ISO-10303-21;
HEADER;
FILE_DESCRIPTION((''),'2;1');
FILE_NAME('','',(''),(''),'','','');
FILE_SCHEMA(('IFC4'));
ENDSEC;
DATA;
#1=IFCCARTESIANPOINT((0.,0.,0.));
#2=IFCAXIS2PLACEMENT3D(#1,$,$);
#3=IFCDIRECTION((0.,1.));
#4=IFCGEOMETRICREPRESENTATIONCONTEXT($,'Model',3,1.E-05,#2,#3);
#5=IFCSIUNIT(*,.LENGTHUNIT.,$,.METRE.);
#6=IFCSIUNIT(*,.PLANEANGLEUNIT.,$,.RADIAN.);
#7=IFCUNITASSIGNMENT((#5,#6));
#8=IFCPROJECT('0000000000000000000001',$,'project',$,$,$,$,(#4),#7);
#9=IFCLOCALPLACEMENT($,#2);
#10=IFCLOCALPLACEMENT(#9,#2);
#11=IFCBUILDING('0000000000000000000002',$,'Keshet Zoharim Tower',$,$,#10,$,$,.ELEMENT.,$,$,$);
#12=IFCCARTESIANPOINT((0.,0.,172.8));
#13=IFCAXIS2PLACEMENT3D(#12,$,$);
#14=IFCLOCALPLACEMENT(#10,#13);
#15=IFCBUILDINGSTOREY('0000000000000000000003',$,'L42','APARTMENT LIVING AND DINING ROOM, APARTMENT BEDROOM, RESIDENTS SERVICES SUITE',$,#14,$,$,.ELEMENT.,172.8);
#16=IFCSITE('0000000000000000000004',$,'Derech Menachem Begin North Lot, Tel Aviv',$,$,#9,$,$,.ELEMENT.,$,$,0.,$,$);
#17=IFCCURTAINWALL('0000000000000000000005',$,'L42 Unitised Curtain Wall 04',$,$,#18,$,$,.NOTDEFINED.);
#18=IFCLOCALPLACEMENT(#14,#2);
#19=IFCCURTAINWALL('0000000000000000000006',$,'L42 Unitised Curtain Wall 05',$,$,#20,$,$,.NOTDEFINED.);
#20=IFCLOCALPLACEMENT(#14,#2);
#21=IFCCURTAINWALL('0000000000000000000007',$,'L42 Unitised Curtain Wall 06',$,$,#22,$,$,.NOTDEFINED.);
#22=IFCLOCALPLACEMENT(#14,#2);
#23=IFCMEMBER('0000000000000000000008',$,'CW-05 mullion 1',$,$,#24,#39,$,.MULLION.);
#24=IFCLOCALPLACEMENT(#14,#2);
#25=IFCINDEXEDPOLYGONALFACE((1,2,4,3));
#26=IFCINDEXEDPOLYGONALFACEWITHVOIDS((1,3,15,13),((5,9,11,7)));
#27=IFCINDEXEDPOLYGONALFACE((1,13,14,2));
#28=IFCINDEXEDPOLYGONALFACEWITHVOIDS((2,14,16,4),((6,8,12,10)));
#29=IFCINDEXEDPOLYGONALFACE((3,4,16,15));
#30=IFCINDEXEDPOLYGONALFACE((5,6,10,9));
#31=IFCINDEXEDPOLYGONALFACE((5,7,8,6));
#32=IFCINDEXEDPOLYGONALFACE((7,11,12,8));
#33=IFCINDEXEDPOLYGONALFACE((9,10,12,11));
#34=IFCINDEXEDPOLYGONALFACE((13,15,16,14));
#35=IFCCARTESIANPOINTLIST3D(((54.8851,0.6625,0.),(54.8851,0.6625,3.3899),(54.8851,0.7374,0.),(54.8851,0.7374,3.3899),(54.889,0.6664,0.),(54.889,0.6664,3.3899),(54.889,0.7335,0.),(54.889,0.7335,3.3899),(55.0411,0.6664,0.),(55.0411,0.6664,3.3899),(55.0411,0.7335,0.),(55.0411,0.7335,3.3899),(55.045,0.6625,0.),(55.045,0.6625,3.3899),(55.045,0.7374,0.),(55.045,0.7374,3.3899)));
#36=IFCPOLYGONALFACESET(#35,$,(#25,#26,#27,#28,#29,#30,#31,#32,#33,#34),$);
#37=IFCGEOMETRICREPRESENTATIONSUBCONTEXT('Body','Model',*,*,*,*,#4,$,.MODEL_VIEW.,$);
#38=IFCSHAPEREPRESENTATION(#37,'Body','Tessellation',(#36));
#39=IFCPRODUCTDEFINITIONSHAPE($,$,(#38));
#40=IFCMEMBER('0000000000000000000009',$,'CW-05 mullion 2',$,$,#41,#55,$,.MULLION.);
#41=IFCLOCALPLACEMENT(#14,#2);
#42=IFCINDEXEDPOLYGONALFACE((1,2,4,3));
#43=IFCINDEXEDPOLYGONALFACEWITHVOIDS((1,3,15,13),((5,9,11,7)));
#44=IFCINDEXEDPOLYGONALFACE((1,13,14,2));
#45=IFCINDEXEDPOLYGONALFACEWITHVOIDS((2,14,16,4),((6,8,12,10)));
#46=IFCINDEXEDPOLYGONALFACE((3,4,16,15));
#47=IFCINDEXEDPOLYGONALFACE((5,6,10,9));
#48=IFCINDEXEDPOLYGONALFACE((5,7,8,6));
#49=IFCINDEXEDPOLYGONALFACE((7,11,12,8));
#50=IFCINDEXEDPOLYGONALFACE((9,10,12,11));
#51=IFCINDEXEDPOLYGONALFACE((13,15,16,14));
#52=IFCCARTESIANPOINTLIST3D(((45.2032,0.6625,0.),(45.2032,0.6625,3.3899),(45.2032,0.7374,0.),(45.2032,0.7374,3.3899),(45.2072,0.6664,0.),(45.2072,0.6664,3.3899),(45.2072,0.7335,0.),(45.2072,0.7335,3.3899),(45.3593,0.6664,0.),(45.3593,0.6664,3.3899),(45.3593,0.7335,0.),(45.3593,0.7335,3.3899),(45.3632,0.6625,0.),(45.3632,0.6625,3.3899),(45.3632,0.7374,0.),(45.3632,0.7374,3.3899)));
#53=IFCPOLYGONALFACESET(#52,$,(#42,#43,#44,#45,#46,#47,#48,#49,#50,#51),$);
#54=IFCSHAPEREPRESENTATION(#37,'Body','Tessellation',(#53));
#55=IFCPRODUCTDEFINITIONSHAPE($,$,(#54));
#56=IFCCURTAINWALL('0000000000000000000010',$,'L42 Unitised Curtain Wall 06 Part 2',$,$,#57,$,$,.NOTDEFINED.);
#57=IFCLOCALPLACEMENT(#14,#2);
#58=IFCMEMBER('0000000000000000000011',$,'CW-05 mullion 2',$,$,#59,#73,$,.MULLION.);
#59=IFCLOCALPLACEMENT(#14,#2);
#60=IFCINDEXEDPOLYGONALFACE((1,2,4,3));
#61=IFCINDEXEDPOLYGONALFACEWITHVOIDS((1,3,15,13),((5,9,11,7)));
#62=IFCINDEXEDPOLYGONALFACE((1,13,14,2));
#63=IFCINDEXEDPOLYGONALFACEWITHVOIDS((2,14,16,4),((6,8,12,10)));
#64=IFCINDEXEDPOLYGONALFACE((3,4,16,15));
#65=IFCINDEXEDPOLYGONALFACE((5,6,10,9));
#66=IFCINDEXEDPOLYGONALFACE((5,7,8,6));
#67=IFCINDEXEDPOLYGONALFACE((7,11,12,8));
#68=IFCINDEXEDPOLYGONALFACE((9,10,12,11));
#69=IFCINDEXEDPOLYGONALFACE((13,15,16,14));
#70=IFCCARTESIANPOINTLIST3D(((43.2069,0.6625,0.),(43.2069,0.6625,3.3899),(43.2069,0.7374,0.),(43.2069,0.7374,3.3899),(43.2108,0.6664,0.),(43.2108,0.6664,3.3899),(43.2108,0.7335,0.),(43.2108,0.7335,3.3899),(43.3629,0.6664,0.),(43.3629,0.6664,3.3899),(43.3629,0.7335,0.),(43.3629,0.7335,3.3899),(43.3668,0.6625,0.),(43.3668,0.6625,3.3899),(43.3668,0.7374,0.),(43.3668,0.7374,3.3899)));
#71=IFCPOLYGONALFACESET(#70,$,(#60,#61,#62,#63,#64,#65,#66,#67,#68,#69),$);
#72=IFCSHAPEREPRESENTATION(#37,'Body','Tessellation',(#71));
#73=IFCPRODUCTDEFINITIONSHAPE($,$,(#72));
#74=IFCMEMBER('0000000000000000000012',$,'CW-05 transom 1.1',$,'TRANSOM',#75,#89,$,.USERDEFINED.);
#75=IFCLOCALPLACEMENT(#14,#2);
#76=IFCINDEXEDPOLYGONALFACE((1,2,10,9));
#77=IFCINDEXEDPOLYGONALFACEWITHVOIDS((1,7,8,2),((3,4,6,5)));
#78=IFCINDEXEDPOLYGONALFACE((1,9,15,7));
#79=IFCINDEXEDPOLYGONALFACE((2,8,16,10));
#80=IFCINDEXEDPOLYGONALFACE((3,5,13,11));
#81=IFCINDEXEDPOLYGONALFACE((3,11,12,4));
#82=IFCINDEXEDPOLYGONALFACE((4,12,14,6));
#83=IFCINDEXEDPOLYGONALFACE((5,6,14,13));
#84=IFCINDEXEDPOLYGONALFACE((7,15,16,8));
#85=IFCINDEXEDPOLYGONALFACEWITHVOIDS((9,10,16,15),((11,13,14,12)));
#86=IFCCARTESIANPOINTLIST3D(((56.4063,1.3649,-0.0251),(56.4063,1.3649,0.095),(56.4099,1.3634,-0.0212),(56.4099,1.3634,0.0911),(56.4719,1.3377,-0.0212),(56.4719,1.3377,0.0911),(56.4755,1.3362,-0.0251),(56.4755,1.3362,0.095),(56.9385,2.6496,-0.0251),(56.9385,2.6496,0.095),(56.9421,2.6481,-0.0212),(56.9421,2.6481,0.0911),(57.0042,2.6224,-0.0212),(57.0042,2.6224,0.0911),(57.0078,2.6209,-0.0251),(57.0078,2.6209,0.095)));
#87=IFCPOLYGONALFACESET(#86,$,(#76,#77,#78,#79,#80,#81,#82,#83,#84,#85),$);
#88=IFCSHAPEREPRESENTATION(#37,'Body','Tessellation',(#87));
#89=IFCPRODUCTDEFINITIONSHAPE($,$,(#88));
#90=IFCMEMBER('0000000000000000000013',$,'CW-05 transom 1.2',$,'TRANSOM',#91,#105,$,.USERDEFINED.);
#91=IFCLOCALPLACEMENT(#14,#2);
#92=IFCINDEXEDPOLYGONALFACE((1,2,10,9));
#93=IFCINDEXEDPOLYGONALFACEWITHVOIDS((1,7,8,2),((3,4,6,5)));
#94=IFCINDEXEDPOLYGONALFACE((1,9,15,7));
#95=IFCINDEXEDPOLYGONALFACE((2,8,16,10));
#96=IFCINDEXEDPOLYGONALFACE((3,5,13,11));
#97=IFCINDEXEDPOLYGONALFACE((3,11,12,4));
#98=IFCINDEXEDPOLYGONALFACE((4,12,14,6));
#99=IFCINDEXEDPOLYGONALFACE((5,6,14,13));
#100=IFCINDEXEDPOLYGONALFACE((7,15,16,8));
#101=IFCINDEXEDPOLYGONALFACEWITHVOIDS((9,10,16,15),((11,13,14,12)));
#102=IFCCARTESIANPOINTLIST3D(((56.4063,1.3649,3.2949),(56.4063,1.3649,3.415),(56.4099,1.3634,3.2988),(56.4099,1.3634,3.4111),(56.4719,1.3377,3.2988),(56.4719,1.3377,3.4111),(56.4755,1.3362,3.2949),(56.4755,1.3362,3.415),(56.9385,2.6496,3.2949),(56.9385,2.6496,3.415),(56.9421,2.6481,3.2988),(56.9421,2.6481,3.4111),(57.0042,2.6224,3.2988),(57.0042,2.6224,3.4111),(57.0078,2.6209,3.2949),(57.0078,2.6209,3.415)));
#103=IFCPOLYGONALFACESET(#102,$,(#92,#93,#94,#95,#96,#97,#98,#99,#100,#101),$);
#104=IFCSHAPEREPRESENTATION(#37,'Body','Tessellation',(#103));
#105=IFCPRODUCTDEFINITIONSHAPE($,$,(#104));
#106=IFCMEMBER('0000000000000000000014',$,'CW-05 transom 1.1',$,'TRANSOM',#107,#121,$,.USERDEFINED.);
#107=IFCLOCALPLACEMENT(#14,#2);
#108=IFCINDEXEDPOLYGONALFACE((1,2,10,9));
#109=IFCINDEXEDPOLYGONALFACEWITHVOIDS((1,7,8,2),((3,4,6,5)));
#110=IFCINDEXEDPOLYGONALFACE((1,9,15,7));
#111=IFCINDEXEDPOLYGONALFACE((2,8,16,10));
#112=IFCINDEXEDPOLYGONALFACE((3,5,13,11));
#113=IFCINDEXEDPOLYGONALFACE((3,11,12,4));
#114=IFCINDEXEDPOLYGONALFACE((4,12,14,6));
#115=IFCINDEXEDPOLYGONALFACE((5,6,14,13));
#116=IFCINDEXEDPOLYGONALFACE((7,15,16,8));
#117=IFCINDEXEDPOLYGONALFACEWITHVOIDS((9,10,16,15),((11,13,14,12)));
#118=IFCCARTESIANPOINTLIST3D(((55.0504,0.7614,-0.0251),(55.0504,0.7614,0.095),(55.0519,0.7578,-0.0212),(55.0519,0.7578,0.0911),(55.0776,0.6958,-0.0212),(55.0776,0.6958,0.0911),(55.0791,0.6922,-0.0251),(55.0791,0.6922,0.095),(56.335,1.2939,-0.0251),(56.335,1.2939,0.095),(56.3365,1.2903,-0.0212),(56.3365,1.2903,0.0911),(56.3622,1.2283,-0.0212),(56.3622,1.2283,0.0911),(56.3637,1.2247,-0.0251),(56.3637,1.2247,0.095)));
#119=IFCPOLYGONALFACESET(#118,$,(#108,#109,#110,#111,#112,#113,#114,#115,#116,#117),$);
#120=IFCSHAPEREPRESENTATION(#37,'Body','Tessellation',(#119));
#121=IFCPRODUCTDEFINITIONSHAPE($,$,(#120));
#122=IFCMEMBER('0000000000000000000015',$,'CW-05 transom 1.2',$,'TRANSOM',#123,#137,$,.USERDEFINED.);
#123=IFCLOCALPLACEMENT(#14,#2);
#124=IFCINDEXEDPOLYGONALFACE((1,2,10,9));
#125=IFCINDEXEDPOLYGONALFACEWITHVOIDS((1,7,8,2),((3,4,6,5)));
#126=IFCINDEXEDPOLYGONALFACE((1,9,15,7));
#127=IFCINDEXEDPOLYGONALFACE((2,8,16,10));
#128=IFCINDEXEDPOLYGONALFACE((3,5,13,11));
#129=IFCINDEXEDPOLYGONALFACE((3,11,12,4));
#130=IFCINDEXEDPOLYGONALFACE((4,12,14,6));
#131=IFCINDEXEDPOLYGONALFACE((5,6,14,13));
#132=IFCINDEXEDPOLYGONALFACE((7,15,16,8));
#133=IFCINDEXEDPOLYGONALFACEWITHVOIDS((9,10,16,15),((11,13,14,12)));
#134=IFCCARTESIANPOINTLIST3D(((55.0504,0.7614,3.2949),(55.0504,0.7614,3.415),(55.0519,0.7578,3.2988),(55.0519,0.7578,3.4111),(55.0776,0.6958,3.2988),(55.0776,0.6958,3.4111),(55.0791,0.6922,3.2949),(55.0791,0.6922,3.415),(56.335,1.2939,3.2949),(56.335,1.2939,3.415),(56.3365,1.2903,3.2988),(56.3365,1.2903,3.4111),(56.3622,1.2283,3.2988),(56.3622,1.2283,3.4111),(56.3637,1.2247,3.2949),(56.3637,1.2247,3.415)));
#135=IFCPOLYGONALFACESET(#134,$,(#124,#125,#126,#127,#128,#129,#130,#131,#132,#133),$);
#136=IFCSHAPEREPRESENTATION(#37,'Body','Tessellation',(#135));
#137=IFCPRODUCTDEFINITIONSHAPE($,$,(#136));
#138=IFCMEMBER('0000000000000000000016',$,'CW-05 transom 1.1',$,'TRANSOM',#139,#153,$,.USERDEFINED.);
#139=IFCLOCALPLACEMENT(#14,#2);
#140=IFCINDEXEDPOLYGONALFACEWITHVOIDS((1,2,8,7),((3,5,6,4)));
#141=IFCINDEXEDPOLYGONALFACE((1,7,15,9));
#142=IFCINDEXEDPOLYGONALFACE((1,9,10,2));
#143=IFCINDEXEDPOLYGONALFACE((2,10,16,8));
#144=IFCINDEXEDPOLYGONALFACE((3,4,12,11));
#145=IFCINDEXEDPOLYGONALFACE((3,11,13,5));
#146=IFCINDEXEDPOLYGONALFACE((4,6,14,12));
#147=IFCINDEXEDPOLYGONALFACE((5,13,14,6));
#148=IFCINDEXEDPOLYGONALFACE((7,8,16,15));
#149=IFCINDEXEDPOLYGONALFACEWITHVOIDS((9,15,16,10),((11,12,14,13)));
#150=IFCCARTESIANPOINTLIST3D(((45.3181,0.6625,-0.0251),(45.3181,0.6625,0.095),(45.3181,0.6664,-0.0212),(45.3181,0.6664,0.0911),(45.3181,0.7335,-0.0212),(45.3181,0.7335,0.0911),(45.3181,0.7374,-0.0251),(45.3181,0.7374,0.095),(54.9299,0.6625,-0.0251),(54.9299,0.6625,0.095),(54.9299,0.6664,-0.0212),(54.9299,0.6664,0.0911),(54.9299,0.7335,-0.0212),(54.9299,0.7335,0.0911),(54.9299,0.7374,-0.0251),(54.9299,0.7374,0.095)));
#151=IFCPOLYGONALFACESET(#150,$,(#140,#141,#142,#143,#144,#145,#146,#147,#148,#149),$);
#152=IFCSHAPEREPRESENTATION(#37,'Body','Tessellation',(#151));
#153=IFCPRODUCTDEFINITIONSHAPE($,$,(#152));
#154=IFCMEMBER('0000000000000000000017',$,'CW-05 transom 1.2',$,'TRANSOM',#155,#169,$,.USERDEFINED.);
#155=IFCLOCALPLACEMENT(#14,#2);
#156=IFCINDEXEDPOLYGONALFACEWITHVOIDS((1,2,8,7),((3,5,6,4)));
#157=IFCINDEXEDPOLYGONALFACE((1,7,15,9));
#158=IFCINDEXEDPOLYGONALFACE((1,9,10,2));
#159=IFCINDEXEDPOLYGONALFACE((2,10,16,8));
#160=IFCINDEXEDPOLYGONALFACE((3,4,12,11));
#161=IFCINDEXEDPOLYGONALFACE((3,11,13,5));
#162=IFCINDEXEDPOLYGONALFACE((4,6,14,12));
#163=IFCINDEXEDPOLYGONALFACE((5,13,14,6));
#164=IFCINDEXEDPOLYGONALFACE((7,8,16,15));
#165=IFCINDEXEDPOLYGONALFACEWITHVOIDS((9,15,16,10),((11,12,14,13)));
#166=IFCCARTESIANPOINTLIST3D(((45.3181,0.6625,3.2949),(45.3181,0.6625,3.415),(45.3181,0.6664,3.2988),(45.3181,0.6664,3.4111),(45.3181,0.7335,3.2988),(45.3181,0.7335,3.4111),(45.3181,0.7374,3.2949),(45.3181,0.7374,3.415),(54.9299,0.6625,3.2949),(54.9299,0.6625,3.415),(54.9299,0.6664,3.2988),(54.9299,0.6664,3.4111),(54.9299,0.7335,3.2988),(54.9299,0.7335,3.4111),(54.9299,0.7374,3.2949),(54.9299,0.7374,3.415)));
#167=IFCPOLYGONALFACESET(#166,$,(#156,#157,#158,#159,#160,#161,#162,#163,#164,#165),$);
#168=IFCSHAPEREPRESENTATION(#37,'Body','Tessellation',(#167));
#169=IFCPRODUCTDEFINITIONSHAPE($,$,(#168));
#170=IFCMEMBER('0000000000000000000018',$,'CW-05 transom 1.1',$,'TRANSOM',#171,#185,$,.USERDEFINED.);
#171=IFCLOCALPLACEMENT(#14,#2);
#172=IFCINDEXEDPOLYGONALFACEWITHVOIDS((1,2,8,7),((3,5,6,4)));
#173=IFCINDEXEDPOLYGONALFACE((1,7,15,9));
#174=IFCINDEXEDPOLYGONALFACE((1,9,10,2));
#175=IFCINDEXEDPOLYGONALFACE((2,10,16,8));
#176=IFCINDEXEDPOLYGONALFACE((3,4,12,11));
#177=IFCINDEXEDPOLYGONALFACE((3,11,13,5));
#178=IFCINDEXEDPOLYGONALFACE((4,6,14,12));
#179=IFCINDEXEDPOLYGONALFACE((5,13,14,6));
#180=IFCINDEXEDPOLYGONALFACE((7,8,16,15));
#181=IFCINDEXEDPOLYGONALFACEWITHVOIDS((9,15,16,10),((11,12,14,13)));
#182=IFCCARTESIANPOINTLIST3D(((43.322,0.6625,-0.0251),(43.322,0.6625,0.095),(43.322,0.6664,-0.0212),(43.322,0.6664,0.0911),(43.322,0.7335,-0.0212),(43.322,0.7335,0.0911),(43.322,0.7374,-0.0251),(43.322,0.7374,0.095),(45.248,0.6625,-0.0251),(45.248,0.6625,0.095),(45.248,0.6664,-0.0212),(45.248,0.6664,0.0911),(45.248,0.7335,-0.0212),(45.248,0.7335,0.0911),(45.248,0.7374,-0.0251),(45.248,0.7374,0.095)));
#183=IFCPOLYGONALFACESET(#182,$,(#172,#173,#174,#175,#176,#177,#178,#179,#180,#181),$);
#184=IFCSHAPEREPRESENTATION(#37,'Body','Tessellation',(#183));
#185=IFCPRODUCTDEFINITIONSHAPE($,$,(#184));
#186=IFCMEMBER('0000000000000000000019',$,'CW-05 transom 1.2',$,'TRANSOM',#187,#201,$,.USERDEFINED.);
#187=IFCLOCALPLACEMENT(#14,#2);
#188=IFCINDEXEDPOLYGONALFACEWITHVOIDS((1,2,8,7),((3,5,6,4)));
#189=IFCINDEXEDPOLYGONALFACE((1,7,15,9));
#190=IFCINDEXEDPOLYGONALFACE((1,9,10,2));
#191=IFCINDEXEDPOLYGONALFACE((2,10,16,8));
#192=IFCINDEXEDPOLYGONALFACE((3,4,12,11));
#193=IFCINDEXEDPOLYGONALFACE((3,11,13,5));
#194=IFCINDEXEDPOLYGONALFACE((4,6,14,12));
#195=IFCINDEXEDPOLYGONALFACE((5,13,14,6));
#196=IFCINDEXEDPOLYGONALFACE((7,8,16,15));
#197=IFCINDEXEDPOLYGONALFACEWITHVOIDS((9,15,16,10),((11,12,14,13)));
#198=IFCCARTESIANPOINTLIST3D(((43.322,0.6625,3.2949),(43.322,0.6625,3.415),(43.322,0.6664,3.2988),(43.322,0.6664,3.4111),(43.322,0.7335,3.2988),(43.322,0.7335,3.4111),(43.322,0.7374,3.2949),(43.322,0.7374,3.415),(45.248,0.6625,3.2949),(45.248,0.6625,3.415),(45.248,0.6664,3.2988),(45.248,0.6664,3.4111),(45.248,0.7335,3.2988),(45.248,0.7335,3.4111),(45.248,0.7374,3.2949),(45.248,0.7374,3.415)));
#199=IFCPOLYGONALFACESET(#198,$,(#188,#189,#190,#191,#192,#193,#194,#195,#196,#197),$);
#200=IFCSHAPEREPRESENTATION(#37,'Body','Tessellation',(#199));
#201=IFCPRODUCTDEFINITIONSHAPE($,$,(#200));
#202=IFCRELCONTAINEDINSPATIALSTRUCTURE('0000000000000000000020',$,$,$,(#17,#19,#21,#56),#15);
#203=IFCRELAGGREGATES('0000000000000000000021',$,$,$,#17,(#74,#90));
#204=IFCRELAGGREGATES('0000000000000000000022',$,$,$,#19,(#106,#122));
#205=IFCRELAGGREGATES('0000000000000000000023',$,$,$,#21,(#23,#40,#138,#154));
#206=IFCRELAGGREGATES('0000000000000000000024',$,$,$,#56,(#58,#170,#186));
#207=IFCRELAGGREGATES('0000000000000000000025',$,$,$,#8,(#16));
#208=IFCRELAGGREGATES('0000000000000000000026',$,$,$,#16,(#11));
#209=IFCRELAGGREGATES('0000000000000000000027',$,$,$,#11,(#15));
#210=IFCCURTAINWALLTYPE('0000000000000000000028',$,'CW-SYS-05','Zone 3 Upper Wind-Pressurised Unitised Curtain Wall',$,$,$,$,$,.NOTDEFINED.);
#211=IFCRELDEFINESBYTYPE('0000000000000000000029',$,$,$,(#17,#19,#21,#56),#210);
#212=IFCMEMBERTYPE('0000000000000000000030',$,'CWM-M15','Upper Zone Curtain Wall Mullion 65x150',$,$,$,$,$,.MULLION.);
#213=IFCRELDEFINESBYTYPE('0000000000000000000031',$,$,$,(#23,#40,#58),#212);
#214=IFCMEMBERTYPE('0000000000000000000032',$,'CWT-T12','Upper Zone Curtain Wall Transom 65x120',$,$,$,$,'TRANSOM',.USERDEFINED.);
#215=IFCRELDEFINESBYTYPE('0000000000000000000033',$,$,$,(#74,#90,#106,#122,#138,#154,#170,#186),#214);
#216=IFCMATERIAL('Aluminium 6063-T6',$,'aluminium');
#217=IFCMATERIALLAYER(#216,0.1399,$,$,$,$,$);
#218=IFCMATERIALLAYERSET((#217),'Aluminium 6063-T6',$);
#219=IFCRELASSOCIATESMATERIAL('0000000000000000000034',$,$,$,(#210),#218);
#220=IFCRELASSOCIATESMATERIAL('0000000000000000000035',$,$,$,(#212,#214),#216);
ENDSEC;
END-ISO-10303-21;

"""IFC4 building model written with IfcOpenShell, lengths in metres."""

from ifc_helpers import new_model, si_unit, direction, frame, origin, origin_2d, place, context, subcontext, project, spatial, hollow_rectangle, extrude, material, layer, layer_set, material_profile, profile_set, type_object, element, aggregate, save


model = new_model("IFC4")

# Units and contexts
model_context = context("Model", 3, precision=1e-05, world=origin(), true_north=direction((0.0, 1.0)))
body_context = subcontext(model_context, "Body", "Model", "MODEL_VIEW")
ifc_project = project(units=[si_unit("LENGTHUNIT", "METRE"), si_unit("PLANEANGLEUNIT", "RADIAN")], contexts=[model_context])

# Site, building, storey
site_placement = place(None, origin())
site = spatial("IfcSite", under=ifc_project, at=site_placement, Name="Derech Menachem Begin North Lot, Tel Aviv", CompositionType="ELEMENT", RefElevation=0.0)
building_placement = place(site_placement, origin())
building = spatial("IfcBuilding", under=site, at=building_placement, Name="Keshet Zoharim Tower", CompositionType="ELEMENT")
storey_placement = place(building_placement, frame((0.0, 0.0, 172.8)))
storey = spatial("IfcBuildingStorey", under=building, at=storey_placement, Name="L42", Description="APARTMENT LIVING AND DINING ROOM, APARTMENT BEDROOM, RESIDENTS SERVICES SUITE", CompositionType="ELEMENT", Elevation=172.8)

# Curtain wall
ifc_material_1 = material(Name="Aluminium 6063-T6", Category="aluminium")
ifc_layer_1 = layer(ifc_material_1, 0.1399)
ifc_layer_set_1 = layer_set([ifc_layer_1], Name="Aluminium 6063-T6")
curtain_wall_type = type_object("IfcCurtainWallType", Name="CW-SYS-05", Description="Zone 3 Upper Wind-Pressurised Unitised Curtain Wall", PredefinedType="NOTDEFINED", material=ifc_layer_set_1)
curtain_wall_1_placement = place(storey_placement, origin())
curtain_wall_1 = element("IfcCurtainWall", 1, at=curtain_wall_1_placement, inside=storey, type_object=curtain_wall_type, Name="L42 Unitised Curtain Wall 04", PredefinedType="NOTDEFINED")
ifc_material_profile_1 = material_profile(ifc_material_1, hollow_rectangle(XDim=0.075, YDim=0.1599, WallThickness=0.0039, at=origin_2d()), Name="MUL-75x160")
ifc_profile_set_1 = profile_set([ifc_material_profile_1], Name="Aluminium 6063-T6")
member_type_1 = type_object("IfcMemberType", Name="CWM-M15", Description="Upper Zone Curtain Wall Mullion 65x150", PredefinedType="MULLION", material=ifc_profile_set_1)

# Curtain walls, members
curtain_wall_2_placement = place(storey_placement, origin())
curtain_wall_2 = element("IfcCurtainWall", 2, at=curtain_wall_2_placement, inside=storey, type_object=curtain_wall_type, Name="L42 Unitised Curtain Wall 05", PredefinedType="NOTDEFINED")
curtain_wall_3_placement = place(storey_placement, origin())
curtain_wall_3 = element("IfcCurtainWall", 3, at=curtain_wall_3_placement, inside=storey, type_object=curtain_wall_type, Name="L42 Unitised Curtain Wall 06", PredefinedType="NOTDEFINED")
member_1_placement = place(storey_placement, frame((54.9651, 0.7, 0.0), z_axis=(0.0, 0.0, 1.0), x_axis=(0.0, -1.0, 0.0)))
member_1 = element("IfcMember", 4, at=member_1_placement, type_object=member_type_1, Name="CW-05 mullion 1", PredefinedType="MULLION", context=body_context, shape_type="SweptSolid", body=[
    extrude(hollow_rectangle(XDim=0.075, YDim=0.1599, WallThickness=0.0039, at=origin_2d()), origin(), (0.0, 0.0, 1.0), 3.3899),
])
member_2_placement = place(storey_placement, frame((45.2832, 0.7, 0.0), z_axis=(0.0, 0.0, 1.0), x_axis=(0.0, -1.0, 0.0)))
member_2 = element("IfcMember", 5, at=member_2_placement, type_object=member_type_1, Name="CW-05 mullion 2", PredefinedType="MULLION", context=body_context, shape_type="SweptSolid", body=[
    extrude(hollow_rectangle(XDim=0.075, YDim=0.1599, WallThickness=0.0039, at=origin_2d()), origin(), (0.0, 0.0, 1.0), 3.3899),
])

# Curtain wall, member
curtain_wall_4_placement = place(storey_placement, origin())
curtain_wall_4 = element("IfcCurtainWall", 6, at=curtain_wall_4_placement, inside=storey, type_object=curtain_wall_type, Name="L42 Unitised Curtain Wall 06 Part 2", PredefinedType="NOTDEFINED")
member_3_placement = place(storey_placement, frame((43.2869, 0.7, 0.0), z_axis=(0.0, 0.0, 1.0), x_axis=(0.0, -1.0, 0.0)))
member_3 = element("IfcMember", 7, at=member_3_placement, type_object=member_type_1, Name="CW-05 mullion 2", PredefinedType="MULLION", context=body_context, shape_type="SweptSolid", body=[
    extrude(hollow_rectangle(XDim=0.075, YDim=0.1599, WallThickness=0.0039, at=origin_2d()), origin(), (0.0, 0.0, 1.0), 3.3899),
])

# Members
ifc_material_profile_2 = material_profile(ifc_material_1, hollow_rectangle(XDim=0.075, YDim=0.1201, WallThickness=0.0039, at=origin_2d()), Name="TRN-75x120")
ifc_profile_set_2 = profile_set([ifc_material_profile_2], Name="Aluminium 6063-T6")
member_type_2 = type_object("IfcMemberType", Name="CWT-T12", Description="Upper Zone Curtain Wall Transom 65x120", ElementType="TRANSOM", PredefinedType="USERDEFINED", material=ifc_profile_set_2)
member_4_placement = place(storey_placement, frame((56.9731, 2.6353, 0.0349), z_axis=(-0.382745, -0.923854, 0.0), x_axis=(0.923854, -0.382745, 0.0)))
member_4 = element("IfcMember", 8, at=member_4_placement, type_object=member_type_2, Name="CW-05 transom 1.1", ObjectType="TRANSOM", PredefinedType="USERDEFINED", context=body_context, shape_type="SweptSolid", body=[
    extrude(hollow_rectangle(XDim=0.075, YDim=0.1201, WallThickness=0.0039, at=origin_2d()), origin(), (0.0, 0.0, 1.0), 1.3906),
])
member_5_placement = place(storey_placement, frame((56.9731, 2.6353, 3.355), z_axis=(-0.382745, -0.923854, 0.0), x_axis=(0.923854, -0.382745, 0.0)))
member_5 = element("IfcMember", 9, at=member_5_placement, type_object=member_type_2, Name="CW-05 transom 1.2", ObjectType="TRANSOM", PredefinedType="USERDEFINED", context=body_context, shape_type="SweptSolid", body=[
    extrude(hollow_rectangle(XDim=0.075, YDim=0.1201, WallThickness=0.0039, at=origin_2d()), origin(), (0.0, 0.0, 1.0), 1.3906),
])
member_6_placement = place(storey_placement, frame((56.3494, 1.2593, 0.0349), z_axis=(-0.923792, -0.382894, 0.0), x_axis=(0.382894, -0.923792, 0.0)))
member_6 = element("IfcMember", 10, at=member_6_placement, type_object=member_type_2, Name="CW-05 transom 1.1", ObjectType="TRANSOM", PredefinedType="USERDEFINED", context=body_context, shape_type="SweptSolid", body=[
    extrude(hollow_rectangle(XDim=0.075, YDim=0.1201, WallThickness=0.0039, at=origin_2d()), origin(), (0.0, 0.0, 1.0), 1.3906),
])
member_7_placement = place(storey_placement, frame((56.3494, 1.2593, 3.355), z_axis=(-0.923792, -0.382894, 0.0), x_axis=(0.382894, -0.923792, 0.0)))
member_7 = element("IfcMember", 11, at=member_7_placement, type_object=member_type_2, Name="CW-05 transom 1.2", ObjectType="TRANSOM", PredefinedType="USERDEFINED", context=body_context, shape_type="SweptSolid", body=[
    extrude(hollow_rectangle(XDim=0.075, YDim=0.1201, WallThickness=0.0039, at=origin_2d()), origin(), (0.0, 0.0, 1.0), 1.3906),
])
member_8_placement = place(storey_placement, frame((54.9299, 0.7, 0.0349), z_axis=(-1.0, 0.0, 0.0), x_axis=(0.0, -1.0, 0.0)))
member_8 = element("IfcMember", 12, at=member_8_placement, type_object=member_type_2, Name="CW-05 transom 1.1", ObjectType="TRANSOM", PredefinedType="USERDEFINED", context=body_context, shape_type="SweptSolid", body=[
    extrude(hollow_rectangle(XDim=0.075, YDim=0.1201, WallThickness=0.0039, at=origin_2d()), origin(), (0.0, 0.0, 1.0), 9.6118),
])
member_9_placement = place(storey_placement, frame((54.9299, 0.7, 3.355), z_axis=(-1.0, 0.0, 0.0), x_axis=(0.0, -1.0, 0.0)))
member_9 = element("IfcMember", 13, at=member_9_placement, type_object=member_type_2, Name="CW-05 transom 1.2", ObjectType="TRANSOM", PredefinedType="USERDEFINED", context=body_context, shape_type="SweptSolid", body=[
    extrude(hollow_rectangle(XDim=0.075, YDim=0.1201, WallThickness=0.0039, at=origin_2d()), origin(), (0.0, 0.0, 1.0), 9.6118),
])
member_10_placement = place(storey_placement, frame((45.248, 0.7, 0.0349), z_axis=(-1.0, 0.0, 0.0), x_axis=(0.0, -1.0, 0.0)))
member_10 = element("IfcMember", 14, at=member_10_placement, type_object=member_type_2, Name="CW-05 transom 1.1", ObjectType="TRANSOM", PredefinedType="USERDEFINED", context=body_context, shape_type="SweptSolid", body=[
    extrude(hollow_rectangle(XDim=0.075, YDim=0.1201, WallThickness=0.0039, at=origin_2d()), origin(), (0.0, 0.0, 1.0), 1.926),
])
member_11_placement = place(storey_placement, frame((45.248, 0.7, 3.355), z_axis=(-1.0, 0.0, 0.0), x_axis=(0.0, -1.0, 0.0)))
member_11 = element("IfcMember", 15, at=member_11_placement, type_object=member_type_2, Name="CW-05 transom 1.2", ObjectType="TRANSOM", PredefinedType="USERDEFINED", context=body_context, shape_type="SweptSolid", body=[
    extrude(hollow_rectangle(XDim=0.075, YDim=0.1201, WallThickness=0.0039, at=origin_2d()), origin(), (0.0, 0.0, 1.0), 1.926),
])

aggregate(curtain_wall_1, [member_4, member_5])
aggregate(curtain_wall_2, [member_6, member_7])
aggregate(curtain_wall_3, [member_1, member_2, member_8, member_9])
aggregate(curtain_wall_4, [member_3, member_10, member_11])

save(model, "model.ifc")
